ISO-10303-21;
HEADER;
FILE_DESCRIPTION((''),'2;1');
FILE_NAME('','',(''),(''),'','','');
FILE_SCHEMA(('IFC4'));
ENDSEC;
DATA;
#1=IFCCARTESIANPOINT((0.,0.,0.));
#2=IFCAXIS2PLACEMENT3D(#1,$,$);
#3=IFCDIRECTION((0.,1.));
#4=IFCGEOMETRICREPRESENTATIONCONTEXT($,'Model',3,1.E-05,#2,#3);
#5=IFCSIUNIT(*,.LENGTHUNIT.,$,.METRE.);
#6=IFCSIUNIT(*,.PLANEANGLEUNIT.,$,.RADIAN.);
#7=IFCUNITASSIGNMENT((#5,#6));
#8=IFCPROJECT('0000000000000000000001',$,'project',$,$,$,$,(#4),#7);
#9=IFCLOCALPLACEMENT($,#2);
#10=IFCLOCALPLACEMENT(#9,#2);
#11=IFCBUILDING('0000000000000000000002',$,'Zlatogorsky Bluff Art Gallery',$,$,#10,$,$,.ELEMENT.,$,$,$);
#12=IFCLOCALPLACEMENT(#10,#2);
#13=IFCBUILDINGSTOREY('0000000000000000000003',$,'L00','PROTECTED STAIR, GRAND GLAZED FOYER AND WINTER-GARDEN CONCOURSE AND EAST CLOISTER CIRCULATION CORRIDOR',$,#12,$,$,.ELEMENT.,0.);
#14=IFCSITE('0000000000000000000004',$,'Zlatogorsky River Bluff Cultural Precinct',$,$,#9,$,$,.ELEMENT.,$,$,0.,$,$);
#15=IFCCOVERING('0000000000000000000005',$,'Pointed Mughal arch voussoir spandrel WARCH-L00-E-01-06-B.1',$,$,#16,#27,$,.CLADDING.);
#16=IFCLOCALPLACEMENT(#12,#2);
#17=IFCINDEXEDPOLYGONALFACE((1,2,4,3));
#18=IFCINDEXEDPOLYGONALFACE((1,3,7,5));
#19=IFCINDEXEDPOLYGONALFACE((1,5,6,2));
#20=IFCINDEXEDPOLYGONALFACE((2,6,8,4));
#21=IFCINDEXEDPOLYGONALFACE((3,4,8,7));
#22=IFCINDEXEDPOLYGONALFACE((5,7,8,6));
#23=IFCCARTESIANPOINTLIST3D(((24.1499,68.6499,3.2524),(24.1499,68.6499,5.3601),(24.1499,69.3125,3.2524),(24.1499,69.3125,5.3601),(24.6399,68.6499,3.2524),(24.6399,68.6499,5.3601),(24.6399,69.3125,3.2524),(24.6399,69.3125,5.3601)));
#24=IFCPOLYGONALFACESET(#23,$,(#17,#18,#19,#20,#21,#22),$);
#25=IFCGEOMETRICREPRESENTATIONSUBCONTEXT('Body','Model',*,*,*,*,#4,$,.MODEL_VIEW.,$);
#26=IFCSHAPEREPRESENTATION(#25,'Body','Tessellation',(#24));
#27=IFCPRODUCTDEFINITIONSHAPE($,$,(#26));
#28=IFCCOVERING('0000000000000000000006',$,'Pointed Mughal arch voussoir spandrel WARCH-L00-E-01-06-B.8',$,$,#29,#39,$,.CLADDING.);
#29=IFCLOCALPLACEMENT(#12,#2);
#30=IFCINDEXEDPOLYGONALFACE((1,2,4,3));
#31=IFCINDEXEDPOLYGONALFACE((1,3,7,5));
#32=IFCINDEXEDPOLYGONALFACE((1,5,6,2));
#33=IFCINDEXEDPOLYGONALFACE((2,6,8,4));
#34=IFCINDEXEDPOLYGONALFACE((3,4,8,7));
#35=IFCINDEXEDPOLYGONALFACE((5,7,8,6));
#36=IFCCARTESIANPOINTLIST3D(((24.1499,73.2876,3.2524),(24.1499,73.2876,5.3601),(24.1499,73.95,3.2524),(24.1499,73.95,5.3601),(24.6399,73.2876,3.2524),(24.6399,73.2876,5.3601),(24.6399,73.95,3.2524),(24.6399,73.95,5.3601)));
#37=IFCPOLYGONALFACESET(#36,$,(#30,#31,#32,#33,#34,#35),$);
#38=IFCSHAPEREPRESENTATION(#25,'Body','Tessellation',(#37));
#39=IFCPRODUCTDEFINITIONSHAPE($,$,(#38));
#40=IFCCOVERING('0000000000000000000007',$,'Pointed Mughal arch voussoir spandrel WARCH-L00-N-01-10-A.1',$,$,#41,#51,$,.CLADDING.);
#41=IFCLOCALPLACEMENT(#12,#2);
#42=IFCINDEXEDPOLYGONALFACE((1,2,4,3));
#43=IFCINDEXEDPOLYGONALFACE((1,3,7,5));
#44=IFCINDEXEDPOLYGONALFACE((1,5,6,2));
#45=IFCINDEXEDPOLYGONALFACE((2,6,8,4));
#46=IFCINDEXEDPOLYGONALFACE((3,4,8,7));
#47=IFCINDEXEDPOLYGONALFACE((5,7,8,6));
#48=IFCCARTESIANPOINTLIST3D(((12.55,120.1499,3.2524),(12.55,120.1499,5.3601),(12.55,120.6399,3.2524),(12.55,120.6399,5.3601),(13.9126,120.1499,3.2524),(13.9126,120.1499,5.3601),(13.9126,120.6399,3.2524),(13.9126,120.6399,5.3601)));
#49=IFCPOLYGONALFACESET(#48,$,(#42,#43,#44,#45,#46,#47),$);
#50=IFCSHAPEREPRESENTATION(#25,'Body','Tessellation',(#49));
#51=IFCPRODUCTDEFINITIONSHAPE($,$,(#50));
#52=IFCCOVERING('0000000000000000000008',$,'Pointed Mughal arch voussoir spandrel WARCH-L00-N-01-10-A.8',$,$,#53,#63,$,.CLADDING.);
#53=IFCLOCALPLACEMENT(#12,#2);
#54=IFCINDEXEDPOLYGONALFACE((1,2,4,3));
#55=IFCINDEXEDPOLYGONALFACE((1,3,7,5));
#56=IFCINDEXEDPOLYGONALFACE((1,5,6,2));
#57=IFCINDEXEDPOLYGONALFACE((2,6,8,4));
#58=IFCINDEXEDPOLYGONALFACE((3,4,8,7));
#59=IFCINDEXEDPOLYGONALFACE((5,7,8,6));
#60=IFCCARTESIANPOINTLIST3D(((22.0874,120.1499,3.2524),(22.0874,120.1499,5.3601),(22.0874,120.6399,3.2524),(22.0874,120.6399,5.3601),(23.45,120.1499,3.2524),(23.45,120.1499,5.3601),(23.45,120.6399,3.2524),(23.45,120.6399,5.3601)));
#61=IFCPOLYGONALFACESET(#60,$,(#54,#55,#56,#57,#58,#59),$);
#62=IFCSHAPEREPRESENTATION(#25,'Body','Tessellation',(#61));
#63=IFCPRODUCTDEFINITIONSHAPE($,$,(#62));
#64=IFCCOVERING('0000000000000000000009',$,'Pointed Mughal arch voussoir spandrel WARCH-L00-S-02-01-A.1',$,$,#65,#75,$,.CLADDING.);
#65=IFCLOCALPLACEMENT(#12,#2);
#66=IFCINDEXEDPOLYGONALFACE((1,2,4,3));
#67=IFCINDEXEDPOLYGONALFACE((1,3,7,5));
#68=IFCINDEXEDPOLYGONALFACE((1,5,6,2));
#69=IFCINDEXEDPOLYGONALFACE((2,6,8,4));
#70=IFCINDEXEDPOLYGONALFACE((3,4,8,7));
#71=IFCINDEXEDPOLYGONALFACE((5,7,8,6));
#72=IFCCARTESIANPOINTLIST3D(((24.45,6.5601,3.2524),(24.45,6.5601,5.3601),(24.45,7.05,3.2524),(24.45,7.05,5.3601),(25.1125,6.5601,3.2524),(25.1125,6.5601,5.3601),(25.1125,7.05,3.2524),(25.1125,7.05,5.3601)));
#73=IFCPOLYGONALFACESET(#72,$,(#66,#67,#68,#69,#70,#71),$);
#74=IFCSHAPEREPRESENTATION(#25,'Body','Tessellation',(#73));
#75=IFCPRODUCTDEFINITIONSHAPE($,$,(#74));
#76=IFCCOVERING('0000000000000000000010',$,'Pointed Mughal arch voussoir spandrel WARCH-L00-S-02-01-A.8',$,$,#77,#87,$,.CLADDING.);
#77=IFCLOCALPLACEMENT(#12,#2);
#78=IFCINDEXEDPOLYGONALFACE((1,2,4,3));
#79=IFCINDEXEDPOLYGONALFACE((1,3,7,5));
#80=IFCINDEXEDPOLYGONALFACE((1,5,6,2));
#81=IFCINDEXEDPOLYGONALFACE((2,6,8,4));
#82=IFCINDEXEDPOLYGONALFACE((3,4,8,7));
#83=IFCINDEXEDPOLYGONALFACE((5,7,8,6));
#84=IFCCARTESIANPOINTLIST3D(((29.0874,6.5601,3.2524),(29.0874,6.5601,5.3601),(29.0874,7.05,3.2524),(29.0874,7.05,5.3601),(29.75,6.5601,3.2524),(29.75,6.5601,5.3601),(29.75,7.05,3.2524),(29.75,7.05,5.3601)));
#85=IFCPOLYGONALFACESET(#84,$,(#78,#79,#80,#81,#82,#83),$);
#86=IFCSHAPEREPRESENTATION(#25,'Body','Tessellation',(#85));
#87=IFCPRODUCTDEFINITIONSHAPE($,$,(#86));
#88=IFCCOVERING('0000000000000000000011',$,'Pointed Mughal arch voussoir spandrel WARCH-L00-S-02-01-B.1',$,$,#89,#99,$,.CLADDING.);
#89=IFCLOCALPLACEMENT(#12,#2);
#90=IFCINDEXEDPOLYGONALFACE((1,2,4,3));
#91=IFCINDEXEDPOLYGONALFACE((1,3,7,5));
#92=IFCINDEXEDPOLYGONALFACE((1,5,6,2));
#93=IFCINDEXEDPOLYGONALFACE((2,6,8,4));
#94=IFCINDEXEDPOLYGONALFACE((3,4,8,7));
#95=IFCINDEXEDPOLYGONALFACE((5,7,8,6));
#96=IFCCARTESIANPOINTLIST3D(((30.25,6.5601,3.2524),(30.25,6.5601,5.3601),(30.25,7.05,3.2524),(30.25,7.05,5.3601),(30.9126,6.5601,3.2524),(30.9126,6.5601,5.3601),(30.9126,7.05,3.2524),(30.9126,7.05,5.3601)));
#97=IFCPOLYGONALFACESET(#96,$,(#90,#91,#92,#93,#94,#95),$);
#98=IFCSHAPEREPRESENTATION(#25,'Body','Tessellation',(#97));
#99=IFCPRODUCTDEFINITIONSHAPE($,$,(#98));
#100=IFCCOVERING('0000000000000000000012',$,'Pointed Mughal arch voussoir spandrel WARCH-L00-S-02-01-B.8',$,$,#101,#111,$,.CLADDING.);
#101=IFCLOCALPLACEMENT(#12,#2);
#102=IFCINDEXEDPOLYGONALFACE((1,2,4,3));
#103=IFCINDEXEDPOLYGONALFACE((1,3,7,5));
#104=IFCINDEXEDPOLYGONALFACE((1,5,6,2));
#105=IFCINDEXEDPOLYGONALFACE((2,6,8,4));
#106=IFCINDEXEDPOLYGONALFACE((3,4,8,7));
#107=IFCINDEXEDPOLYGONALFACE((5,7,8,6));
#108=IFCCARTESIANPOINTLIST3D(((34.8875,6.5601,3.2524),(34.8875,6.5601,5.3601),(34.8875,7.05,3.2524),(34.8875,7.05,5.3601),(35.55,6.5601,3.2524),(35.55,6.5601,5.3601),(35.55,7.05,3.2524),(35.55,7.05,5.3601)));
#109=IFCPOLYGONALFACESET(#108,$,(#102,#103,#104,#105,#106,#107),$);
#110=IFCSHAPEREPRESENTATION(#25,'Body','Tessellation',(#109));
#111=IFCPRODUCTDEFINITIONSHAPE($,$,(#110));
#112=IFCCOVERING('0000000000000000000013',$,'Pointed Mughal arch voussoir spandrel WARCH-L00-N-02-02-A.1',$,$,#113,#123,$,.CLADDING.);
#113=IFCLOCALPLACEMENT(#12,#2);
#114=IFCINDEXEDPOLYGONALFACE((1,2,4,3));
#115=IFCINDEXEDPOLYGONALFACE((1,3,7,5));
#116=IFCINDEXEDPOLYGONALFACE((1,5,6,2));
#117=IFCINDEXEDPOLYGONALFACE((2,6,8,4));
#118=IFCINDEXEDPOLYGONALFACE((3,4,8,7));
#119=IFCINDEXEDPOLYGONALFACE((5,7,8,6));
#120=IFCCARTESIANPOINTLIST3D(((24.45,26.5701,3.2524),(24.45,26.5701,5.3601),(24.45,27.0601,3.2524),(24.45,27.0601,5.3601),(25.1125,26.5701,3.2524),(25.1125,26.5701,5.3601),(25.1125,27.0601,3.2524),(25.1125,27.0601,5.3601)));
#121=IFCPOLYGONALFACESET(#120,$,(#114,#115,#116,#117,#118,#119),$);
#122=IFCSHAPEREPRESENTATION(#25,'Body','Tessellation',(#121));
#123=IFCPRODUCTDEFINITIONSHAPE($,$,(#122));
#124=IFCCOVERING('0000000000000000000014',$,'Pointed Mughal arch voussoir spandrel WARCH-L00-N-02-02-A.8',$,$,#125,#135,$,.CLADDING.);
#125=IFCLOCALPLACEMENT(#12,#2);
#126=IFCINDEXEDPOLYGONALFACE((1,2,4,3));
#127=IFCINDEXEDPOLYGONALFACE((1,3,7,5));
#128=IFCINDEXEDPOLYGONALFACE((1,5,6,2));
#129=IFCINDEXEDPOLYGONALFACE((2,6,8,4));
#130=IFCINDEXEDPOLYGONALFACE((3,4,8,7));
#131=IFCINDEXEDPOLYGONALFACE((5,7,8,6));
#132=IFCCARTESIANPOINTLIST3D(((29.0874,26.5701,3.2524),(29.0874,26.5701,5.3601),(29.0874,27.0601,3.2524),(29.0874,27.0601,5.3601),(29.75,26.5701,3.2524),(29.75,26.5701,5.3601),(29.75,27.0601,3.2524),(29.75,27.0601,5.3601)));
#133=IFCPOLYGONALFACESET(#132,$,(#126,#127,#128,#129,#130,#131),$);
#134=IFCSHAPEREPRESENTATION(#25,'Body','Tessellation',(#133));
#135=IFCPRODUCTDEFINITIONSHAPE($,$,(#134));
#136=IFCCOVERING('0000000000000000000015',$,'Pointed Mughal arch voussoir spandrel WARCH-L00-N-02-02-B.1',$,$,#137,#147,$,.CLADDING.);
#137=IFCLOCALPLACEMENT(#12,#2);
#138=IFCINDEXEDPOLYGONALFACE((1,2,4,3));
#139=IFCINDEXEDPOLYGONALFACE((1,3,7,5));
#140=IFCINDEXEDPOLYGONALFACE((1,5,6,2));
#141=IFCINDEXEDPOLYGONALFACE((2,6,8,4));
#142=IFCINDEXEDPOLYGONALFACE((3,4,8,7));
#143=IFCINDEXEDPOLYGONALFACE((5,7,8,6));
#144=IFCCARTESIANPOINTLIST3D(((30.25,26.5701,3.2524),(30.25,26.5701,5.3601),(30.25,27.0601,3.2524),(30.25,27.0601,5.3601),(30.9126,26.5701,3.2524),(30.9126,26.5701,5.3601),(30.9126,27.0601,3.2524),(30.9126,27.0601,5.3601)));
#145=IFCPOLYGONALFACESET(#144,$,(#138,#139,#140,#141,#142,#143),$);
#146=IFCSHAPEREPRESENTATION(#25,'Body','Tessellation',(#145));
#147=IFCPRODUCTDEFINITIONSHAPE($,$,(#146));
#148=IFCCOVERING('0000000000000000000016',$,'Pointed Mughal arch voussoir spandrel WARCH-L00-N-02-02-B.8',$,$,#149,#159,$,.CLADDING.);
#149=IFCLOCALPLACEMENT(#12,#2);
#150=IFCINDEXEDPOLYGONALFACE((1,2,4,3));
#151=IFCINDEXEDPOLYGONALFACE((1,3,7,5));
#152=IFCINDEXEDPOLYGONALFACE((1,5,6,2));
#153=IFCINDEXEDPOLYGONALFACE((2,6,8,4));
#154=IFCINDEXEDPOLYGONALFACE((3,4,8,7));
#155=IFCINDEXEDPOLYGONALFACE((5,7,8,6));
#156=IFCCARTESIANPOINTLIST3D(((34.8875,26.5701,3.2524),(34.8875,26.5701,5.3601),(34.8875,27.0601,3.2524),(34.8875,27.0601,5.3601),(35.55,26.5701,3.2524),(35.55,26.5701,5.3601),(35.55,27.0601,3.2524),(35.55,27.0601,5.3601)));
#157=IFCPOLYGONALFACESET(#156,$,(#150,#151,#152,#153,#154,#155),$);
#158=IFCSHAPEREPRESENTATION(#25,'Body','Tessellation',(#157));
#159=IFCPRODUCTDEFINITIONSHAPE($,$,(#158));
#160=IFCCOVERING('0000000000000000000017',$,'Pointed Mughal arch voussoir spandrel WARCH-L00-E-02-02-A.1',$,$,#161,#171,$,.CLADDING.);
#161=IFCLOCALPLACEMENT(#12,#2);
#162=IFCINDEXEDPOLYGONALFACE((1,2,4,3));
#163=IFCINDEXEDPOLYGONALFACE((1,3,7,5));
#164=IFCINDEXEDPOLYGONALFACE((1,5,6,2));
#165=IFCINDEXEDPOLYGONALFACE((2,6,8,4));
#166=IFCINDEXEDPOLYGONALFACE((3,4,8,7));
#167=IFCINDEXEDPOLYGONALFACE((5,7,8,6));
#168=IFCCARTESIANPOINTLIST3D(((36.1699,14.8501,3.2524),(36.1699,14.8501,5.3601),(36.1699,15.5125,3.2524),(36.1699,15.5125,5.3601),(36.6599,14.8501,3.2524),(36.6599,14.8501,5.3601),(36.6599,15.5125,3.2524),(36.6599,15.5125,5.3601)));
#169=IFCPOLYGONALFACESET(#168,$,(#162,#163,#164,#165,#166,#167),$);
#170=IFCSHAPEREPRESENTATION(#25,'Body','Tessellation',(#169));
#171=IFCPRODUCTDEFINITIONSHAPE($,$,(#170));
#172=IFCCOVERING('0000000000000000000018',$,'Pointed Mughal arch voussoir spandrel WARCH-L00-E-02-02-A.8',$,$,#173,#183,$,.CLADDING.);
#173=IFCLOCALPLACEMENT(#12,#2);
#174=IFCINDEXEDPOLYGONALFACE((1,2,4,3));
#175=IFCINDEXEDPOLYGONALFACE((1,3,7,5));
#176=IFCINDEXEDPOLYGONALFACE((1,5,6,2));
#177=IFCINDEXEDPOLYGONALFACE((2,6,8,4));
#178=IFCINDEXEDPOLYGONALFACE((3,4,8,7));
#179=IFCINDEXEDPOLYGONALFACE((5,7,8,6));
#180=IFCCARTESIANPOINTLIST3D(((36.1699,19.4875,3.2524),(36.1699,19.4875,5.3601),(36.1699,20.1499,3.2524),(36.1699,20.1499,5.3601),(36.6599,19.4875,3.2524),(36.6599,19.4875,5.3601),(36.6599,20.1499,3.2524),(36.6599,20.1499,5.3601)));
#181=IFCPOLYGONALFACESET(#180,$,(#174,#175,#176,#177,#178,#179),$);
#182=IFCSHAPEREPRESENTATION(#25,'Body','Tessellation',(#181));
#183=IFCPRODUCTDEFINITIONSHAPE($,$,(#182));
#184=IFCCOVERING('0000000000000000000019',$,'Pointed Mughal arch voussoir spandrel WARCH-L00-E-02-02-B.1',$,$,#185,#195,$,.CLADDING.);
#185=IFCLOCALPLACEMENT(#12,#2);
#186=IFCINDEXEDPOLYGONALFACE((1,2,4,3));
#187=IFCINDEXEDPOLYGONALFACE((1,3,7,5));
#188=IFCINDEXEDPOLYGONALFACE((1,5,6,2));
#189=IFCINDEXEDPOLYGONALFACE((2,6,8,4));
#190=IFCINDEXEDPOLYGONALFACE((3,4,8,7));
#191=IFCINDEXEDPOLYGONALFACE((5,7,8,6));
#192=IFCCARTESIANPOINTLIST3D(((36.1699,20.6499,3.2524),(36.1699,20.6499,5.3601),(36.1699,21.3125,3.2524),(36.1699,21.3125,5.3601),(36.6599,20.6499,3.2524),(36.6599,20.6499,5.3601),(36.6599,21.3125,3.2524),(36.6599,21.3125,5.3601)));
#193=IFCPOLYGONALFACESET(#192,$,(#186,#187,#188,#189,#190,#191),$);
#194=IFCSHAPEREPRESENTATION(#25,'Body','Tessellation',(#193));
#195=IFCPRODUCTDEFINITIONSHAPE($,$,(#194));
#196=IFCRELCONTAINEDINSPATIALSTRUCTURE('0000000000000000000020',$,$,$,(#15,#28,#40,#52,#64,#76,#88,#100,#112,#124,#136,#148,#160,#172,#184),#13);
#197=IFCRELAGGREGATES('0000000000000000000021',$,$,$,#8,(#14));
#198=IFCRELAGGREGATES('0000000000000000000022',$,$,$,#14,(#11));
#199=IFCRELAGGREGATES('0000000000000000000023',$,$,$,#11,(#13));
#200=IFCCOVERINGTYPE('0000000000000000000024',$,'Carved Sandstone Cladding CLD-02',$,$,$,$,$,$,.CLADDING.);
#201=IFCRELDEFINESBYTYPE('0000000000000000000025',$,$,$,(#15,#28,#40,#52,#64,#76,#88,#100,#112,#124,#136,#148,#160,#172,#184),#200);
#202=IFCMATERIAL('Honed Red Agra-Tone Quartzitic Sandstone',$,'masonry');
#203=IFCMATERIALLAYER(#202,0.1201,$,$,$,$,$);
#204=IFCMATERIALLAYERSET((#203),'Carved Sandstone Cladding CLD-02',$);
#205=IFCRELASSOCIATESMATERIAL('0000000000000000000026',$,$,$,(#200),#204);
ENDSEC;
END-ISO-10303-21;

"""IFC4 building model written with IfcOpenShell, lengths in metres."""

from ifc_helpers import new_model, si_unit, direction, frame, origin, place, context, subcontext, project, spatial, polyline, outline, extrude, material, layer, layer_set, type_object, element, save


model = new_model("IFC4")

# Units and contexts
model_context = context("Model", 3, precision=1e-05, world=origin(), true_north=direction((0.0, 1.0)))
body_context = subcontext(model_context, "Body", "Model", "MODEL_VIEW")
ifc_project = project(units=[si_unit("LENGTHUNIT", "METRE"), si_unit("PLANEANGLEUNIT", "RADIAN")], contexts=[model_context])

# Site, building, storey
site_placement = place(None, origin())
site = spatial("IfcSite", under=ifc_project, at=site_placement, Name="Zlatogorsky River Bluff Cultural Precinct", CompositionType="ELEMENT", RefElevation=0.0)
building_placement = place(site_placement, origin())
building = spatial("IfcBuilding", under=site, at=building_placement, Name="Zlatogorsky Bluff Art Gallery", CompositionType="ELEMENT")
storey_placement = place(building_placement, origin())
storey = spatial("IfcBuildingStorey", under=building, at=storey_placement, Name="L00", Description="PROTECTED STAIR, GRAND GLAZED FOYER AND WINTER-GARDEN CONCOURSE AND EAST CLOISTER CIRCULATION CORRIDOR", CompositionType="ELEMENT", Elevation=0.0)

# Coverings
ifc_material = material(Name="Honed Red Agra-Tone Quartzitic Sandstone", Category="masonry")
ifc_layer = layer(ifc_material, 0.1201)
ifc_layer_set = layer_set([ifc_layer], Name="Carved Sandstone Cladding CLD-02")
covering_type = type_object("IfcCoveringType", Name="Carved Sandstone Cladding CLD-02", PredefinedType="CLADDING", material=ifc_layer_set)
covering_1_placement = place(storey_placement, frame((0.0, 0.0, 3.2524)))
element("IfcCovering", 1, at=covering_1_placement, inside=storey, type_object=covering_type, Name="Pointed Mughal arch voussoir spandrel WARCH-L00-E-01-06-B.1", PredefinedType="CLADDING", context=body_context, shape_type="SweptSolid", body=[
    extrude(outline(polyline([(24.1499, 68.6499), (24.1499, 69.3125), (24.6399, 69.3125), (24.6399, 68.6499), (24.1499, 68.6499)])), origin(), (0.0, 0.0, 1.0), 2.1077),
])
covering_2_placement = place(storey_placement, frame((0.0, 0.0, 3.2524)))
element("IfcCovering", 2, at=covering_2_placement, inside=storey, type_object=covering_type, Name="Pointed Mughal arch voussoir spandrel WARCH-L00-E-01-06-B.8", PredefinedType="CLADDING", context=body_context, shape_type="SweptSolid", body=[
    extrude(outline(polyline([(24.1499, 73.2876), (24.1499, 73.95), (24.6399, 73.95), (24.6399, 73.2876), (24.1499, 73.2876)])), origin(), (0.0, 0.0, 1.0), 2.1077),
])
covering_3_placement = place(storey_placement, frame((0.0, 0.0, 3.2524)))
element("IfcCovering", 3, at=covering_3_placement, inside=storey, type_object=covering_type, Name="Pointed Mughal arch voussoir spandrel WARCH-L00-N-01-10-A.1", PredefinedType="CLADDING", context=body_context, shape_type="SweptSolid", body=[
    extrude(outline(polyline([(12.55, 120.1499), (13.9126, 120.1499), (13.9126, 120.6399), (12.55, 120.6399), (12.55, 120.1499)])), origin(), (0.0, 0.0, 1.0), 2.1077),
])
covering_4_placement = place(storey_placement, frame((0.0, 0.0, 3.2524)))
element("IfcCovering", 4, at=covering_4_placement, inside=storey, type_object=covering_type, Name="Pointed Mughal arch voussoir spandrel WARCH-L00-N-01-10-A.8", PredefinedType="CLADDING", context=body_context, shape_type="SweptSolid", body=[
    extrude(outline(polyline([(22.0874, 120.1499), (23.45, 120.1499), (23.45, 120.6399), (22.0874, 120.6399), (22.0874, 120.1499)])), origin(), (0.0, 0.0, 1.0), 2.1077),
])
covering_5_placement = place(storey_placement, frame((0.0, 0.0, 3.2524)))
element("IfcCovering", 5, at=covering_5_placement, inside=storey, type_object=covering_type, Name="Pointed Mughal arch voussoir spandrel WARCH-L00-S-02-01-A.1", PredefinedType="CLADDING", context=body_context, shape_type="SweptSolid", body=[
    extrude(outline(polyline([(24.45, 6.5601), (25.1125, 6.5601), (25.1125, 7.05), (24.45, 7.05), (24.45, 6.5601)])), origin(), (0.0, 0.0, 1.0), 2.1077),
])
covering_6_placement = place(storey_placement, frame((0.0, 0.0, 3.2524)))
element("IfcCovering", 6, at=covering_6_placement, inside=storey, type_object=covering_type, Name="Pointed Mughal arch voussoir spandrel WARCH-L00-S-02-01-A.8", PredefinedType="CLADDING", context=body_context, shape_type="SweptSolid", body=[
    extrude(outline(polyline([(29.0874, 6.5601), (29.75, 6.5601), (29.75, 7.05), (29.0874, 7.05), (29.0874, 6.5601)])), origin(), (0.0, 0.0, 1.0), 2.1077),
])
covering_7_placement = place(storey_placement, frame((0.0, 0.0, 3.2524)))
element("IfcCovering", 7, at=covering_7_placement, inside=storey, type_object=covering_type, Name="Pointed Mughal arch voussoir spandrel WARCH-L00-S-02-01-B.1", PredefinedType="CLADDING", context=body_context, shape_type="SweptSolid", body=[
    extrude(outline(polyline([(30.25, 6.5601), (30.9126, 6.5601), (30.9126, 7.05), (30.25, 7.05), (30.25, 6.5601)])), origin(), (0.0, 0.0, 1.0), 2.1077),
])
covering_8_placement = place(storey_placement, frame((0.0, 0.0, 3.2524)))
element("IfcCovering", 8, at=covering_8_placement, inside=storey, type_object=covering_type, Name="Pointed Mughal arch voussoir spandrel WARCH-L00-S-02-01-B.8", PredefinedType="CLADDING", context=body_context, shape_type="SweptSolid", body=[
    extrude(outline(polyline([(34.8875, 6.5601), (35.55, 6.5601), (35.55, 7.05), (34.8875, 7.05), (34.8875, 6.5601)])), origin(), (0.0, 0.0, 1.0), 2.1077),
])
covering_9_placement = place(storey_placement, frame((0.0, 0.0, 3.2524)))
element("IfcCovering", 9, at=covering_9_placement, inside=storey, type_object=covering_type, Name="Pointed Mughal arch voussoir spandrel WARCH-L00-N-02-02-A.1", PredefinedType="CLADDING", context=body_context, shape_type="SweptSolid", body=[
    extrude(outline(polyline([(24.45, 26.5701), (25.1125, 26.5701), (25.1125, 27.0601), (24.45, 27.0601), (24.45, 26.5701)])), origin(), (0.0, 0.0, 1.0), 2.1077),
])
covering_10_placement = place(storey_placement, frame((0.0, 0.0, 3.2524)))
element("IfcCovering", 10, at=covering_10_placement, inside=storey, type_object=covering_type, Name="Pointed Mughal arch voussoir spandrel WARCH-L00-N-02-02-A.8", PredefinedType="CLADDING", context=body_context, shape_type="SweptSolid", body=[
    extrude(outline(polyline([(29.0874, 26.5701), (29.75, 26.5701), (29.75, 27.0601), (29.0874, 27.0601), (29.0874, 26.5701)])), origin(), (0.0, 0.0, 1.0), 2.1077),
])
covering_11_placement = place(storey_placement, frame((0.0, 0.0, 3.2524)))
element("IfcCovering", 11, at=covering_11_placement, inside=storey, type_object=covering_type, Name="Pointed Mughal arch voussoir spandrel WARCH-L00-N-02-02-B.1", PredefinedType="CLADDING", context=body_context, shape_type="SweptSolid", body=[
    extrude(outline(polyline([(30.25, 26.5701), (30.9126, 26.5701), (30.9126, 27.0601), (30.25, 27.0601), (30.25, 26.5701)])), origin(), (0.0, 0.0, 1.0), 2.1077),
])
covering_12_placement = place(storey_placement, frame((0.0, 0.0, 3.2524)))
element("IfcCovering", 12, at=covering_12_placement, inside=storey, type_object=covering_type, Name="Pointed Mughal arch voussoir spandrel WARCH-L00-N-02-02-B.8", PredefinedType="CLADDING", context=body_context, shape_type="SweptSolid", body=[
    extrude(outline(polyline([(34.8875, 26.5701), (35.55, 26.5701), (35.55, 27.0601), (34.8875, 27.0601), (34.8875, 26.5701)])), origin(), (0.0, 0.0, 1.0), 2.1077),
])
covering_13_placement = place(storey_placement, frame((0.0, 0.0, 3.2524)))
element("IfcCovering", 13, at=covering_13_placement, inside=storey, type_object=covering_type, Name="Pointed Mughal arch voussoir spandrel WARCH-L00-E-02-02-A.1", PredefinedType="CLADDING", context=body_context, shape_type="SweptSolid", body=[
    extrude(outline(polyline([(36.1699, 14.8501), (36.1699, 15.5125), (36.6599, 15.5125), (36.6599, 14.8501), (36.1699, 14.8501)])), origin(), (0.0, 0.0, 1.0), 2.1077),
])
covering_14_placement = place(storey_placement, frame((0.0, 0.0, 3.2524)))
element("IfcCovering", 14, at=covering_14_placement, inside=storey, type_object=covering_type, Name="Pointed Mughal arch voussoir spandrel WARCH-L00-E-02-02-A.8", PredefinedType="CLADDING", context=body_context, shape_type="SweptSolid", body=[
    extrude(outline(polyline([(36.1699, 19.4875), (36.1699, 20.1499), (36.6599, 20.1499), (36.6599, 19.4875), (36.1699, 19.4875)])), origin(), (0.0, 0.0, 1.0), 2.1077),
])
covering_15_placement = place(storey_placement, frame((0.0, 0.0, 3.2524)))
element("IfcCovering", 15, at=covering_15_placement, inside=storey, type_object=covering_type, Name="Pointed Mughal arch voussoir spandrel WARCH-L00-E-02-02-B.1", PredefinedType="CLADDING", context=body_context, shape_type="SweptSolid", body=[
    extrude(outline(polyline([(36.1699, 20.6499), (36.1699, 21.3125), (36.6599, 21.3125), (36.6599, 20.6499), (36.1699, 20.6499)])), origin(), (0.0, 0.0, 1.0), 2.1077),
])

save(model, "model.ifc")
